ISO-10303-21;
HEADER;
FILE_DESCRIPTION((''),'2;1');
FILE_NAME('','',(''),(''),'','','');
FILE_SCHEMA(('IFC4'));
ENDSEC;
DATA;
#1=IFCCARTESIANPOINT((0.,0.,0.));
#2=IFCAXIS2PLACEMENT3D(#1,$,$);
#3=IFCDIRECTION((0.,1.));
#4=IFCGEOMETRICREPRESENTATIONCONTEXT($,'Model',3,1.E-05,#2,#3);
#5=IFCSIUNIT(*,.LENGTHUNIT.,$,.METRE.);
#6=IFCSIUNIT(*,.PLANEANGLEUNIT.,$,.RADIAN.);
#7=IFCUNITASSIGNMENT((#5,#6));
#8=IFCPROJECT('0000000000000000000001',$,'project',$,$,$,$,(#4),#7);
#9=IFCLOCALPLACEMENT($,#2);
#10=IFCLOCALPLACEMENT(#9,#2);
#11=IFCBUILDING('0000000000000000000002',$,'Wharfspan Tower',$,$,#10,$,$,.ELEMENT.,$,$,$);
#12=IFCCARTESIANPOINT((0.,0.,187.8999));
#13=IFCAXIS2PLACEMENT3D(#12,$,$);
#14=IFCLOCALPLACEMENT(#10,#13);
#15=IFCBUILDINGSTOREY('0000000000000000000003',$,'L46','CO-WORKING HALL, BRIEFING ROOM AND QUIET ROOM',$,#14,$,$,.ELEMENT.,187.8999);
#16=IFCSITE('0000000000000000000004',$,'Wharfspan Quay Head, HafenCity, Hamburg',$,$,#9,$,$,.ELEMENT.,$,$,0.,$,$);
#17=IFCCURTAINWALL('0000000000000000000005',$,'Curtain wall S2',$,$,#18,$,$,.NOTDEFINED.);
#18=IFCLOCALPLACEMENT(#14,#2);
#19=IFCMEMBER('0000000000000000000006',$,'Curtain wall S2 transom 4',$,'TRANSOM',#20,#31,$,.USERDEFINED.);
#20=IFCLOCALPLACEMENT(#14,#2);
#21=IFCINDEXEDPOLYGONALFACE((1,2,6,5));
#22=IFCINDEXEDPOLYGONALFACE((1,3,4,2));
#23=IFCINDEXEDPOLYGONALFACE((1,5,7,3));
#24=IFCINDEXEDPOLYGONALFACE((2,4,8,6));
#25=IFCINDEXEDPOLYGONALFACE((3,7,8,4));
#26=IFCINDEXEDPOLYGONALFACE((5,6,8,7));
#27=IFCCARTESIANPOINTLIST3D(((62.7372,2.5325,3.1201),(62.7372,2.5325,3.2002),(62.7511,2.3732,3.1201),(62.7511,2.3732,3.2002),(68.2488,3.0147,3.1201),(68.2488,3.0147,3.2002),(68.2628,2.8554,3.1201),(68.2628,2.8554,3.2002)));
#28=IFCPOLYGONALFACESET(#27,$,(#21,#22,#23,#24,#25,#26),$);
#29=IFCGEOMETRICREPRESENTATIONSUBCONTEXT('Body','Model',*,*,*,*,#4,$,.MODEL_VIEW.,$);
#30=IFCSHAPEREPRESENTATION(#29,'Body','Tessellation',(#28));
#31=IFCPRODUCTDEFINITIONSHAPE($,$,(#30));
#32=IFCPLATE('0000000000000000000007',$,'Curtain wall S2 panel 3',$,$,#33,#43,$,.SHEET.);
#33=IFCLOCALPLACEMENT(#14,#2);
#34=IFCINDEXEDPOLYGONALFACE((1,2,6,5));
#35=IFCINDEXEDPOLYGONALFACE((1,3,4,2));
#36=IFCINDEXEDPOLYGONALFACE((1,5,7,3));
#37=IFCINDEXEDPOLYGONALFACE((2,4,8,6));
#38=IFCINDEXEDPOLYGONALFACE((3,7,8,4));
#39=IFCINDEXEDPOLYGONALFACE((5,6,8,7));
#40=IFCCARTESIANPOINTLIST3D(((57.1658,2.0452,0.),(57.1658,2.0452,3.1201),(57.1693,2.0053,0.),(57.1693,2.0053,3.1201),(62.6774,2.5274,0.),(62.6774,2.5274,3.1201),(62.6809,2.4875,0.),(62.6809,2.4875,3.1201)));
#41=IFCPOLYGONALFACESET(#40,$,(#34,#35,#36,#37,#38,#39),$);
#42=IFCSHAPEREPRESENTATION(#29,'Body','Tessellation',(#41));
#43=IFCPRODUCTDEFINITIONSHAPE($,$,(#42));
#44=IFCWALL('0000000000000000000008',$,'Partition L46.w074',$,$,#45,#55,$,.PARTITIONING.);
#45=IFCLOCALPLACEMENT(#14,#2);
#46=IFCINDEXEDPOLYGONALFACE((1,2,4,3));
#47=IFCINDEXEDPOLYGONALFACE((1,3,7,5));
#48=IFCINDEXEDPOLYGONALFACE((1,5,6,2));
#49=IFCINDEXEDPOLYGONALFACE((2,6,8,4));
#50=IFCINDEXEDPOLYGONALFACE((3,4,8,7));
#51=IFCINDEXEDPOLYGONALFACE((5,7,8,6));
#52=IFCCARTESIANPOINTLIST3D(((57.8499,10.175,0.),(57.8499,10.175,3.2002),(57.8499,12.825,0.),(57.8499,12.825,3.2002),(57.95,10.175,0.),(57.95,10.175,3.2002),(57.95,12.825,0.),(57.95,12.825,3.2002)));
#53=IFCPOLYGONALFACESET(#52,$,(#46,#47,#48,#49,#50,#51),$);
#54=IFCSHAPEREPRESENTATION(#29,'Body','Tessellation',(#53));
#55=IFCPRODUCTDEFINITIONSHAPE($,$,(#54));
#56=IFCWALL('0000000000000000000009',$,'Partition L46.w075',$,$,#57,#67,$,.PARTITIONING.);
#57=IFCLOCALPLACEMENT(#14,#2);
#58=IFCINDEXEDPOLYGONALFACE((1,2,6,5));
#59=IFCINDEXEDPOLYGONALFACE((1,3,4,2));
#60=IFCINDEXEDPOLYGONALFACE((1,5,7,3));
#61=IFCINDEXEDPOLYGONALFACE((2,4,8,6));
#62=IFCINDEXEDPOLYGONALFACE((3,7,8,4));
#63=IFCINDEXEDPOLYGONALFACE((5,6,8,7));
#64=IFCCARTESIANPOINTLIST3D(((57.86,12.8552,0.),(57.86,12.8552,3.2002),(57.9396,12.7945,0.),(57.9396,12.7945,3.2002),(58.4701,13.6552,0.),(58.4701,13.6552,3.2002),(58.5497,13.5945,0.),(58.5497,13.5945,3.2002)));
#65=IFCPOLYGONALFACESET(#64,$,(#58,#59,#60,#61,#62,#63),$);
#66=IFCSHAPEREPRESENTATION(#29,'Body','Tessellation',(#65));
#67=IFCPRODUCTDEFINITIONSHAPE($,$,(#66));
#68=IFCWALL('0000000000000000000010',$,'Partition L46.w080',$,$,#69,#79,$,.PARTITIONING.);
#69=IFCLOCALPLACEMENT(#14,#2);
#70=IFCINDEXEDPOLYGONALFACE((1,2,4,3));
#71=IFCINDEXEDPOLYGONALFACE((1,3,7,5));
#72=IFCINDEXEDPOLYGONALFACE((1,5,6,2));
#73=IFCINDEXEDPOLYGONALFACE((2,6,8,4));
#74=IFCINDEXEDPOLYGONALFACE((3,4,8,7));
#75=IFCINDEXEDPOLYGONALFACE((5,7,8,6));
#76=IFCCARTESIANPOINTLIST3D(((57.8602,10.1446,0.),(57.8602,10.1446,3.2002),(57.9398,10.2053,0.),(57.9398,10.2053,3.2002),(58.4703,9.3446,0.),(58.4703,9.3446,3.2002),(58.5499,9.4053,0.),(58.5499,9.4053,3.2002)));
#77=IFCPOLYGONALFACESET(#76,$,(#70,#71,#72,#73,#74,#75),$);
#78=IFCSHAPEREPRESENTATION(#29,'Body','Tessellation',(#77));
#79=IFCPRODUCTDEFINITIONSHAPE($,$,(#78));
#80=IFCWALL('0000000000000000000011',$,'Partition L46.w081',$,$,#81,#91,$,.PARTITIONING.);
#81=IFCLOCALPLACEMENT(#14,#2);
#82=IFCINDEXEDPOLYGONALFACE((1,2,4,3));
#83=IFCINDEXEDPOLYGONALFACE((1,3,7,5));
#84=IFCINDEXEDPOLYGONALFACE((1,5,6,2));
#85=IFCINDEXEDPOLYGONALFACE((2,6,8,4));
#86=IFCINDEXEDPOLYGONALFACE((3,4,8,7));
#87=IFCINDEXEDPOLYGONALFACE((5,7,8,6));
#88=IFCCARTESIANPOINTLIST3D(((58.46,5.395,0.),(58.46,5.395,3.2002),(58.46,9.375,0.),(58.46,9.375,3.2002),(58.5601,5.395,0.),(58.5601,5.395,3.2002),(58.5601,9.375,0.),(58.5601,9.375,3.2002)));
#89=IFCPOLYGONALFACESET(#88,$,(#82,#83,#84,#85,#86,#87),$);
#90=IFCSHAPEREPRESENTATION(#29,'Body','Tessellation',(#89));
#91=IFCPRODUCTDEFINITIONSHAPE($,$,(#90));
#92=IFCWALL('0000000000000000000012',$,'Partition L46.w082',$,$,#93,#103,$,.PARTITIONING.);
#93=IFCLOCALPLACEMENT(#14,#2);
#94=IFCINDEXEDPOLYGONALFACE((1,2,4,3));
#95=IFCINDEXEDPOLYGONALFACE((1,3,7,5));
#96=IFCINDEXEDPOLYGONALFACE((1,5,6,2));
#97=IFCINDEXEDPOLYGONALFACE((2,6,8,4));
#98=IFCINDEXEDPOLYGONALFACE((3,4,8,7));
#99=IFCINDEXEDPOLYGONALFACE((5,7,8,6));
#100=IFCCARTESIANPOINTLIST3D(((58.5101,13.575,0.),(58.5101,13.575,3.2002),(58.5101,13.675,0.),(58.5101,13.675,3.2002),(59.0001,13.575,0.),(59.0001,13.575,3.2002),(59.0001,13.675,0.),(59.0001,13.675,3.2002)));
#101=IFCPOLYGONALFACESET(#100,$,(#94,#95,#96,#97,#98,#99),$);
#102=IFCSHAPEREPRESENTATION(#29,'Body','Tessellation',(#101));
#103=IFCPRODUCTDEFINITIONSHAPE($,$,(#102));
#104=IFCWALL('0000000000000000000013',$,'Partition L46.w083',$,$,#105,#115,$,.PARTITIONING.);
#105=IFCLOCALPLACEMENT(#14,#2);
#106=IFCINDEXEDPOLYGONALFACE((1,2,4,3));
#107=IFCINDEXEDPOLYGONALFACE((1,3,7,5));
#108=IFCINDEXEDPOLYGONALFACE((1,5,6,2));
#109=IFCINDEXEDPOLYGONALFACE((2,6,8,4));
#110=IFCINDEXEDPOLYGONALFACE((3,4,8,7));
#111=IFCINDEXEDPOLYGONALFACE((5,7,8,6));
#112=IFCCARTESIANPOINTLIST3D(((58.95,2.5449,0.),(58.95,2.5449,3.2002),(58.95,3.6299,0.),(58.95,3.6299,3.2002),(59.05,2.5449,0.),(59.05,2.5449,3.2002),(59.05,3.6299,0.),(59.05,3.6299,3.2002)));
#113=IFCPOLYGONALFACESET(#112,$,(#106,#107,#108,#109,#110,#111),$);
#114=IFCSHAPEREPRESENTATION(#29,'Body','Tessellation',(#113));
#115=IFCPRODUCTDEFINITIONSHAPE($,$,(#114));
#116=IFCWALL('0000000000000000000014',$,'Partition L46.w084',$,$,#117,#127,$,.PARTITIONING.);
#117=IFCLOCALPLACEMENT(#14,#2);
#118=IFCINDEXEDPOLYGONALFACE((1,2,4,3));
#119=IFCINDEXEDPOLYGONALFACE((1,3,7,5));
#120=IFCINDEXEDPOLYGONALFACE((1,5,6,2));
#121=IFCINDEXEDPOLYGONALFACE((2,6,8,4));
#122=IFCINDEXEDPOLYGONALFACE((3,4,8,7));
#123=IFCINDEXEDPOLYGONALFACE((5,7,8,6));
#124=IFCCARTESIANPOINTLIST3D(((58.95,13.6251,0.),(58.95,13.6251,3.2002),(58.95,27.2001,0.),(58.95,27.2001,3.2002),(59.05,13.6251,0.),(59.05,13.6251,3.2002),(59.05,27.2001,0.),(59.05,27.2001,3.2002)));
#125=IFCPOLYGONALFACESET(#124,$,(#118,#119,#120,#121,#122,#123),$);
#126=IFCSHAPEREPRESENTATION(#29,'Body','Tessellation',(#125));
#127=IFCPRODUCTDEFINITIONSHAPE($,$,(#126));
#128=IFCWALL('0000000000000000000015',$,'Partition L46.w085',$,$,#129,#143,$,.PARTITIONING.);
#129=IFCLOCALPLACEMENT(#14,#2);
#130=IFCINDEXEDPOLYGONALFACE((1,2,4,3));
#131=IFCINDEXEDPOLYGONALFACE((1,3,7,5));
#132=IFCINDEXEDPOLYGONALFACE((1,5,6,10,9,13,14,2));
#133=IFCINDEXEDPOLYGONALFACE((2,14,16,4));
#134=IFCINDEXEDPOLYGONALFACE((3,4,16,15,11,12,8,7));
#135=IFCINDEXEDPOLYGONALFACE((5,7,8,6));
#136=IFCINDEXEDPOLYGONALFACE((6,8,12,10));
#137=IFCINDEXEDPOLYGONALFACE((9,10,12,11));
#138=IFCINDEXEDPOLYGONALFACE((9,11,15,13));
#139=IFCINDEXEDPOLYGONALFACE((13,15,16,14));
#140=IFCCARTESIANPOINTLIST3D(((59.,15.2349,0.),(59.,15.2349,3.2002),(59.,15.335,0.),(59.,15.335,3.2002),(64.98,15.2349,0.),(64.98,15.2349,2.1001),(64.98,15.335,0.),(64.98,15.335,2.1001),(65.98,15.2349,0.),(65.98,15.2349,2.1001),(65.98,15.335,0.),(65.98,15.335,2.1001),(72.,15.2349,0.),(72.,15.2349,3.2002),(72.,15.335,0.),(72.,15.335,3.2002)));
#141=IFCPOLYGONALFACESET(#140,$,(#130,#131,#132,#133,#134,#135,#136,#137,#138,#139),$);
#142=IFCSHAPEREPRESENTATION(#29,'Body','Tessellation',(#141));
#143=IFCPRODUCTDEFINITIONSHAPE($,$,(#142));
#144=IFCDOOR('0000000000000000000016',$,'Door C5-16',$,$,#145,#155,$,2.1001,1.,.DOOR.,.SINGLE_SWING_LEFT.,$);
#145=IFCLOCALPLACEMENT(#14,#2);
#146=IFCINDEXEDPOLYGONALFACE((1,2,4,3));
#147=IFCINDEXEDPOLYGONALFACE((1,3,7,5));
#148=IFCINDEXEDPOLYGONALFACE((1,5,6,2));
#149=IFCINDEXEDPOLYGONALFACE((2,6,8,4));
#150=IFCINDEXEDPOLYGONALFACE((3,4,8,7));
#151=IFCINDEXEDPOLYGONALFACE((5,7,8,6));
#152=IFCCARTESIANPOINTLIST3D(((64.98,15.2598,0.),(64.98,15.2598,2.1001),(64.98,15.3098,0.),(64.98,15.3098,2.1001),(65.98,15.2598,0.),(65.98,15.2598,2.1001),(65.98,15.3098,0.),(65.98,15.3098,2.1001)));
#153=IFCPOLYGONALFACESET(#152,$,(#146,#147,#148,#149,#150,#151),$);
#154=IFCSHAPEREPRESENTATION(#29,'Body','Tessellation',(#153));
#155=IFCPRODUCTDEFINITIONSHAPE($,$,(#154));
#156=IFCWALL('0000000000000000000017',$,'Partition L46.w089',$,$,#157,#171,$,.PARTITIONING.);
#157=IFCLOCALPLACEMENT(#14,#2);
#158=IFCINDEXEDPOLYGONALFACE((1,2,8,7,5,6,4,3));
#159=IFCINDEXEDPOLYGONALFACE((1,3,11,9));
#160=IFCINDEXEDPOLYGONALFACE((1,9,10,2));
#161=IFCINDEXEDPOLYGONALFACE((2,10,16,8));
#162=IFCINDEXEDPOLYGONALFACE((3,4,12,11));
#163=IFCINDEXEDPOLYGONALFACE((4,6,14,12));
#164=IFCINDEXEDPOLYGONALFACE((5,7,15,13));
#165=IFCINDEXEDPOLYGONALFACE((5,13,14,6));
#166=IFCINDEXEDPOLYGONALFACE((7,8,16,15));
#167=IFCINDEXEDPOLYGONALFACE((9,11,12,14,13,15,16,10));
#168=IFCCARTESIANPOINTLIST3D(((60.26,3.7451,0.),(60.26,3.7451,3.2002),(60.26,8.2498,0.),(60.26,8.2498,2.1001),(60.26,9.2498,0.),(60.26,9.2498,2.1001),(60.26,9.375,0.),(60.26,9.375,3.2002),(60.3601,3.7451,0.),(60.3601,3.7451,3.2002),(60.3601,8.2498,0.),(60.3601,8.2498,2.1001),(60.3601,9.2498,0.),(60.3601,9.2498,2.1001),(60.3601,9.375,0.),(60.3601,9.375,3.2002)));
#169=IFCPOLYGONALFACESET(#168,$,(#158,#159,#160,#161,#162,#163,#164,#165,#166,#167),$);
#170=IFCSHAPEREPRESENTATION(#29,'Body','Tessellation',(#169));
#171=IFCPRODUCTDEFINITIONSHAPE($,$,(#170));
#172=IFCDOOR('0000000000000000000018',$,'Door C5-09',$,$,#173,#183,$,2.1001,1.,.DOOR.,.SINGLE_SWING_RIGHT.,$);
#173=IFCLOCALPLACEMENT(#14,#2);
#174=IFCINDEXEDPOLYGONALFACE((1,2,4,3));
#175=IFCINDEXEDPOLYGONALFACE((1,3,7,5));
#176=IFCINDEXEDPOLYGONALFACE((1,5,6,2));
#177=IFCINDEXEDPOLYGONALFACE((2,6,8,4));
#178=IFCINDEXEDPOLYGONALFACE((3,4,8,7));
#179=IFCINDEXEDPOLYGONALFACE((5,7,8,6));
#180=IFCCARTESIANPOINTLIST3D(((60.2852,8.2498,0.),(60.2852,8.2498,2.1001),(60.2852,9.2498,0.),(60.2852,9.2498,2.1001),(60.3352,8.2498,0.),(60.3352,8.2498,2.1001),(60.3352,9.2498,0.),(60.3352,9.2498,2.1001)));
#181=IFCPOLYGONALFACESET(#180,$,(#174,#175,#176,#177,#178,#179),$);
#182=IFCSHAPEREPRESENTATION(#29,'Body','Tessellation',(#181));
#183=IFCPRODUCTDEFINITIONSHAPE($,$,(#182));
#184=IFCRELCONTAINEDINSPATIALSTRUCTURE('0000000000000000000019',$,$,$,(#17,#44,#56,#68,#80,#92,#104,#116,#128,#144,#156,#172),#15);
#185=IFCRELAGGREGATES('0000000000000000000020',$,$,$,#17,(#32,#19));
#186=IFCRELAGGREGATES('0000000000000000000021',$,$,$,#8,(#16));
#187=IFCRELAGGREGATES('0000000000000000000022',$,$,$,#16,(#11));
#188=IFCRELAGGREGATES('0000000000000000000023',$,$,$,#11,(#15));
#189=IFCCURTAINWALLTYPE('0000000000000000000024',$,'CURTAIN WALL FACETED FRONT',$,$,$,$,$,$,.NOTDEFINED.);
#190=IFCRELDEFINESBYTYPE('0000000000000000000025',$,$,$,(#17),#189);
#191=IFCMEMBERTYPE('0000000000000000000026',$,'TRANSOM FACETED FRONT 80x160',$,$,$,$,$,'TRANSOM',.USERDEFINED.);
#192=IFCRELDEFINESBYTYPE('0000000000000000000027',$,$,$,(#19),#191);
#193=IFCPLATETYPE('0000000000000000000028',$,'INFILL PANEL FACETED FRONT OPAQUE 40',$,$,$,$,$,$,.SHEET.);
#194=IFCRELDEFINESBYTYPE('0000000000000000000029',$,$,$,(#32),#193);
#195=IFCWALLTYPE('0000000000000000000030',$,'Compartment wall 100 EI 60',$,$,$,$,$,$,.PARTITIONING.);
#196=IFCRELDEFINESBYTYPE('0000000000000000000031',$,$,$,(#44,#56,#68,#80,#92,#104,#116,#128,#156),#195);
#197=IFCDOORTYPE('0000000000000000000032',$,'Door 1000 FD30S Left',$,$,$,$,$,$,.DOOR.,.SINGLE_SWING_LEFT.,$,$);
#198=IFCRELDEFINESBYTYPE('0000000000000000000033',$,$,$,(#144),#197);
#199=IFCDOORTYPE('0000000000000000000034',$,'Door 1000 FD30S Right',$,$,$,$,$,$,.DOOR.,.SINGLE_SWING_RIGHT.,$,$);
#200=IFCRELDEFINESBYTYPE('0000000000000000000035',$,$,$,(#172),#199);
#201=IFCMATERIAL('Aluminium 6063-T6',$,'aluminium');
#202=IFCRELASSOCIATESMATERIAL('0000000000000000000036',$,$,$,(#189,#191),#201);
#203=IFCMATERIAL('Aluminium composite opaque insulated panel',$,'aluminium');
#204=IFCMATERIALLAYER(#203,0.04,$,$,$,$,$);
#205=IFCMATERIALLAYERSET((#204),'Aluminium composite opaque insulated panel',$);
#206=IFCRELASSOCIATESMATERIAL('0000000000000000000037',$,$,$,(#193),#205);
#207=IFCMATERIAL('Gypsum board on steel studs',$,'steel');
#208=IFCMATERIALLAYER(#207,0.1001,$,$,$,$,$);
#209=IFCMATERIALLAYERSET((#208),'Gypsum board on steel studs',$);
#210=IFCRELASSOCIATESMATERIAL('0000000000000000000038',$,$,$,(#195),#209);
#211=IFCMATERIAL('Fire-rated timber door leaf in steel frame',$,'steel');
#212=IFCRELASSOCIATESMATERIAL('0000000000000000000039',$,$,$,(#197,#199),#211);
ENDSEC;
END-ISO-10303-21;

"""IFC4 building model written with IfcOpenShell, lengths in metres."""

from ifc_helpers import new_model, si_unit, direction, frame, frame_2d, origin, origin_2d, place, context, subcontext, project, spatial, rectangle, extrude, material, layer, layer_set, material_profile, profile_set, type_object, element, fill, aggregate, save


model = new_model("IFC4")

# Units and contexts
model_context = context("Model", 3, precision=1e-05, world=origin(), true_north=direction((0.0, 1.0)))
body_context = subcontext(model_context, "Body", "Model", "MODEL_VIEW")
ifc_project = project(units=[si_unit("LENGTHUNIT", "METRE"), si_unit("PLANEANGLEUNIT", "RADIAN")], contexts=[model_context])

# Site, building, storey
site_placement = place(None, origin())
site = spatial("IfcSite", under=ifc_project, at=site_placement, Name="Wharfspan Quay Head, HafenCity, Hamburg", CompositionType="ELEMENT", RefElevation=0.0)
building_placement = place(site_placement, origin())
building = spatial("IfcBuilding", under=site, at=building_placement, Name="Wharfspan Tower", CompositionType="ELEMENT")
storey_placement = place(building_placement, frame((0.0, 0.0, 187.8999)))
storey = spatial("IfcBuildingStorey", under=building, at=storey_placement, Name="L46", Description="CO-WORKING HALL, BRIEFING ROOM AND QUIET ROOM", CompositionType="ELEMENT", Elevation=187.8999)

# Curtain wall, member, plate
ifc_material_1 = material(Name="Aluminium 6063-T6", Category="aluminium")
curtain_wall_type = type_object("IfcCurtainWallType", Name="CURTAIN WALL FACETED FRONT", PredefinedType="NOTDEFINED", material=ifc_material_1)
curtain_wall_placement = place(storey_placement, origin())
curtain_wall = element("IfcCurtainWall", 1, at=curtain_wall_placement, inside=storey, type_object=curtain_wall_type, Name="Curtain wall S2", PredefinedType="NOTDEFINED")
ifc_material_profile_1 = material_profile(ifc_material_1, rectangle(XDim=0.1599, YDim=0.0801, at=origin_2d()))
ifc_profile_set_1 = profile_set([ifc_material_profile_1], Name="Aluminium 6063-T6")
member_type_1 = type_object("IfcMemberType", Name="TRANSOM FACETED FRONT 80x160", ElementType="TRANSOM", PredefinedType="USERDEFINED", material=ifc_profile_set_1)
member_1_placement = place(storey_placement, frame((62.7441, 2.4529, 3.1602), z_axis=(0.996195, 0.087149, 0.0), x_axis=(-0.087149, 0.996195, 0.0)))
member_1 = element("IfcMember", 2, at=member_1_placement, type_object=member_type_1, Name="Curtain wall S2 transom 4", ObjectType="TRANSOM", PredefinedType="USERDEFINED", context=body_context, shape_type="SweptSolid", body=[
    extrude(rectangle(XDim=0.1599, YDim=0.0801, at=origin_2d()), origin(), (0.0, 0.0, 1.0), 5.5327),
])
ifc_material_2 = material(Name="Aluminium composite opaque insulated panel", Category="aluminium")
ifc_layer_1 = layer(ifc_material_2, 0.04)
ifc_layer_set_1 = layer_set([ifc_layer_1], Name="Aluminium composite opaque insulated panel")
plate_type = type_object("IfcPlateType", Name="INFILL PANEL FACETED FRONT OPAQUE 40", PredefinedType="SHEET", material=ifc_layer_set_1)
plate_placement = place(storey_placement, frame((59.9233, 2.2664, 0.0), z_axis=(0.0, 0.0, 1.0), x_axis=(0.996198, 0.087156, 0.0)))
plate = element("IfcPlate", 3, at=plate_placement, type_object=plate_type, Name="Curtain wall S2 panel 3", PredefinedType="SHEET", context=body_context, shape_type="SweptSolid", body=[
    extrude(rectangle(XDim=5.5327, YDim=0.04, at=origin_2d()), origin(), (0.0, 0.0, 1.0), 3.1201),
])
aggregate(curtain_wall, [plate, member_1])

# Walls
ifc_material_3 = material(Name="Gypsum board on steel studs", Category="steel")
ifc_layer_2 = layer(ifc_material_3, 0.1001)
ifc_layer_set_2 = layer_set([ifc_layer_2], Name="Gypsum board on steel studs")
wall_type_1 = type_object("IfcWallType", Name="Compartment wall 100 EI 60", PredefinedType="PARTITIONING", material=ifc_layer_set_2)
wall_1_placement = place(storey_placement, frame((57.8999, 10.175, 0.0), z_axis=(0.0, 0.0, 1.0), x_axis=(0.0, 1.0, 0.0)))
element("IfcWall", 4, at=wall_1_placement, inside=storey, type_object=wall_type_1, Name="Partition L46.w074", PredefinedType="PARTITIONING", context=body_context, shape_type="SweptSolid", body=[
    extrude(rectangle(XDim=2.6499, YDim=0.1001, at=frame_2d((1.325, 0.0))), origin(), (0.0, 0.0, 1.0), 3.2002),
])
for number, where, z_axis, x_axis, name in (
    (5, (57.8999, 12.825, 0.0), (0.0, 0.0, 1.0), (0.60639, 0.795174, 0.0), "Partition L46.w075"),
    (6, (58.51, 9.375, 0.0), (0.0, 0.0, 1.0), (-0.60639, 0.795174, 0.0), "Partition L46.w080"),
):
    element("IfcWall", number, at=place(storey_placement, frame(where, z_axis=z_axis, x_axis=x_axis)), inside=storey, type_object=wall_type_1, Name=name, PredefinedType="PARTITIONING", context=body_context, shape_type="SweptSolid", body=[
        extrude(rectangle(XDim=1.0061, YDim=0.1001, at=frame_2d((0.5029, 0.0))), origin(), (0.0, 0.0, 1.0), 3.2002),
    ])
wall_2_placement = place(storey_placement, frame((58.51, 5.395, 0.0), z_axis=(0.0, 0.0, 1.0), x_axis=(0.0, 1.0, 0.0)))
element("IfcWall", 7, at=wall_2_placement, inside=storey, type_object=wall_type_1, Name="Partition L46.w081", PredefinedType="PARTITIONING", context=body_context, shape_type="SweptSolid", body=[
    extrude(rectangle(XDim=3.98, YDim=0.1001, at=frame_2d((1.99, 0.0))), origin(), (0.0, 0.0, 1.0), 3.2002),
])
wall_3_placement = place(storey_placement, frame((58.51, 13.625, 0.0), z_axis=(0.0, 0.0, 1.0), x_axis=(1.0, 0.0, 0.0)))
element("IfcWall", 8, at=wall_3_placement, inside=storey, type_object=wall_type_1, Name="Partition L46.w082", PredefinedType="PARTITIONING", context=body_context, shape_type="SweptSolid", body=[
    extrude(rectangle(XDim=0.49, YDim=0.1001, at=frame_2d((0.2451, 0.0))), origin(), (0.0, 0.0, 1.0), 3.2002),
])
wall_4_placement = place(storey_placement, frame((59.0, 2.5449, 0.0), z_axis=(0.0, 0.0, 1.0), x_axis=(0.0, 1.0, 0.0)))
element("IfcWall", 9, at=wall_4_placement, inside=storey, type_object=wall_type_1, Name="Partition L46.w083", PredefinedType="PARTITIONING", context=body_context, shape_type="SweptSolid", body=[
    extrude(rectangle(XDim=1.085, YDim=0.1001, at=frame_2d((0.5425, 0.0))), origin(), (0.0, 0.0, 1.0), 3.2002),
])
wall_5_placement = place(storey_placement, frame((59.0, 13.625, 0.0), z_axis=(0.0, 0.0, 1.0), x_axis=(0.0, 1.0, 0.0)))
element("IfcWall", 10, at=wall_5_placement, inside=storey, type_object=wall_type_1, Name="Partition L46.w084", PredefinedType="PARTITIONING", context=body_context, shape_type="SweptSolid", body=[
    extrude(rectangle(XDim=13.575, YDim=0.1001, at=frame_2d((6.7876, 0.0))), origin(), (0.0, 0.0, 1.0), 3.2002),
])

# Walls, openings, doors
wall_6_placement = place(storey_placement, frame((59.0, 15.2849, 0.0), z_axis=(0.0, 0.0, 1.0), x_axis=(1.0, 0.0, 0.0)))
wall_6 = element("IfcWall", 11, at=wall_6_placement, inside=storey, type_object=wall_type_1, Name="Partition L46.w085", PredefinedType="PARTITIONING", context=body_context, shape_type="SweptSolid", body=[
    extrude(rectangle(XDim=13.0, YDim=0.1001, at=frame_2d((6.5, 0.0))), origin(), (0.0, 0.0, 1.0), 3.2002),
])
opening_1_placement = place(wall_6_placement, frame((5.98, 0.0, 0.0)))
opening_1 = element("IfcOpeningElement", 12, at=opening_1_placement, cuts=wall_6, PredefinedType="OPENING", context=body_context, shape_type="SweptSolid", body=[
    extrude(rectangle(XDim=1.0, YDim=2.1001, at=frame_2d((0.5, 1.05))), frame((0.0, 0.0601, 0.0), z_axis=(0.0, -1.0, 0.0), x_axis=(1.0, 0.0, 0.0)), (0.0, 0.0, 1.0), 0.1201),
])
ifc_material_4 = material(Name="Fire-rated timber door leaf in steel frame", Category="steel")
door_type_1 = type_object("IfcDoorType", Name="Door 1000 FD30S Left", OperationType="SINGLE_SWING_LEFT", PredefinedType="DOOR", material=ifc_material_4)
door_1_placement = place(opening_1_placement, origin())
door_1 = element("IfcDoor", 13, at=door_1_placement, inside=storey, type_object=door_type_1, Name="Door C5-16", OperationType="SINGLE_SWING_LEFT", OverallHeight=2.1001, OverallWidth=1.0, PredefinedType="DOOR", context=body_context, shape_type="SweptSolid", body=[
    extrude(rectangle(XDim=1.0, YDim=2.1001, at=frame_2d((0.5, 1.05))), frame((0.0, 0.0249, 0.0), z_axis=(0.0, -1.0, 0.0), x_axis=(1.0, 0.0, 0.0)), (0.0, 0.0, 1.0), 0.05),
])
fill(opening_1, door_1)
wall_7_placement = place(storey_placement, frame((60.3101, 3.7451, 0.0), z_axis=(0.0, 0.0, 1.0), x_axis=(0.0, 1.0, 0.0)))
wall_7 = element("IfcWall", 14, at=wall_7_placement, inside=storey, type_object=wall_type_1, Name="Partition L46.w089", PredefinedType="PARTITIONING", context=body_context, shape_type="SweptSolid", body=[
    extrude(rectangle(XDim=5.6299, YDim=0.1001, at=frame_2d((2.8149, 0.0))), origin(), (0.0, 0.0, 1.0), 3.2002),
])
opening_2_placement = place(wall_7_placement, frame((4.5046, 0.0, 0.0)))
opening_2 = element("IfcOpeningElement", 15, at=opening_2_placement, cuts=wall_7, PredefinedType="OPENING", context=body_context, shape_type="SweptSolid", body=[
    extrude(rectangle(XDim=1.0, YDim=2.1001, at=frame_2d((0.5, 1.05))), frame((0.0, 0.0601, 0.0), z_axis=(0.0, -1.0, 0.0), x_axis=(1.0, 0.0, 0.0)), (0.0, 0.0, 1.0), 0.1201),
])
door_type_2 = type_object("IfcDoorType", Name="Door 1000 FD30S Right", OperationType="SINGLE_SWING_RIGHT", PredefinedType="DOOR", material=ifc_material_4)
door_2_placement = place(opening_2_placement, origin())
door_2 = element("IfcDoor", 16, at=door_2_placement, inside=storey, type_object=door_type_2, Name="Door C5-09", OperationType="SINGLE_SWING_RIGHT", OverallHeight=2.1001, OverallWidth=1.0, PredefinedType="DOOR", context=body_context, shape_type="SweptSolid", body=[
    extrude(rectangle(XDim=1.0, YDim=2.1001, at=frame_2d((0.5, 1.05))), frame((0.0, 0.0249, 0.0), z_axis=(0.0, -1.0, 0.0), x_axis=(1.0, 0.0, 0.0)), (0.0, 0.0, 1.0), 0.05),
])
fill(opening_2, door_2)

save(model, "model.ifc")
